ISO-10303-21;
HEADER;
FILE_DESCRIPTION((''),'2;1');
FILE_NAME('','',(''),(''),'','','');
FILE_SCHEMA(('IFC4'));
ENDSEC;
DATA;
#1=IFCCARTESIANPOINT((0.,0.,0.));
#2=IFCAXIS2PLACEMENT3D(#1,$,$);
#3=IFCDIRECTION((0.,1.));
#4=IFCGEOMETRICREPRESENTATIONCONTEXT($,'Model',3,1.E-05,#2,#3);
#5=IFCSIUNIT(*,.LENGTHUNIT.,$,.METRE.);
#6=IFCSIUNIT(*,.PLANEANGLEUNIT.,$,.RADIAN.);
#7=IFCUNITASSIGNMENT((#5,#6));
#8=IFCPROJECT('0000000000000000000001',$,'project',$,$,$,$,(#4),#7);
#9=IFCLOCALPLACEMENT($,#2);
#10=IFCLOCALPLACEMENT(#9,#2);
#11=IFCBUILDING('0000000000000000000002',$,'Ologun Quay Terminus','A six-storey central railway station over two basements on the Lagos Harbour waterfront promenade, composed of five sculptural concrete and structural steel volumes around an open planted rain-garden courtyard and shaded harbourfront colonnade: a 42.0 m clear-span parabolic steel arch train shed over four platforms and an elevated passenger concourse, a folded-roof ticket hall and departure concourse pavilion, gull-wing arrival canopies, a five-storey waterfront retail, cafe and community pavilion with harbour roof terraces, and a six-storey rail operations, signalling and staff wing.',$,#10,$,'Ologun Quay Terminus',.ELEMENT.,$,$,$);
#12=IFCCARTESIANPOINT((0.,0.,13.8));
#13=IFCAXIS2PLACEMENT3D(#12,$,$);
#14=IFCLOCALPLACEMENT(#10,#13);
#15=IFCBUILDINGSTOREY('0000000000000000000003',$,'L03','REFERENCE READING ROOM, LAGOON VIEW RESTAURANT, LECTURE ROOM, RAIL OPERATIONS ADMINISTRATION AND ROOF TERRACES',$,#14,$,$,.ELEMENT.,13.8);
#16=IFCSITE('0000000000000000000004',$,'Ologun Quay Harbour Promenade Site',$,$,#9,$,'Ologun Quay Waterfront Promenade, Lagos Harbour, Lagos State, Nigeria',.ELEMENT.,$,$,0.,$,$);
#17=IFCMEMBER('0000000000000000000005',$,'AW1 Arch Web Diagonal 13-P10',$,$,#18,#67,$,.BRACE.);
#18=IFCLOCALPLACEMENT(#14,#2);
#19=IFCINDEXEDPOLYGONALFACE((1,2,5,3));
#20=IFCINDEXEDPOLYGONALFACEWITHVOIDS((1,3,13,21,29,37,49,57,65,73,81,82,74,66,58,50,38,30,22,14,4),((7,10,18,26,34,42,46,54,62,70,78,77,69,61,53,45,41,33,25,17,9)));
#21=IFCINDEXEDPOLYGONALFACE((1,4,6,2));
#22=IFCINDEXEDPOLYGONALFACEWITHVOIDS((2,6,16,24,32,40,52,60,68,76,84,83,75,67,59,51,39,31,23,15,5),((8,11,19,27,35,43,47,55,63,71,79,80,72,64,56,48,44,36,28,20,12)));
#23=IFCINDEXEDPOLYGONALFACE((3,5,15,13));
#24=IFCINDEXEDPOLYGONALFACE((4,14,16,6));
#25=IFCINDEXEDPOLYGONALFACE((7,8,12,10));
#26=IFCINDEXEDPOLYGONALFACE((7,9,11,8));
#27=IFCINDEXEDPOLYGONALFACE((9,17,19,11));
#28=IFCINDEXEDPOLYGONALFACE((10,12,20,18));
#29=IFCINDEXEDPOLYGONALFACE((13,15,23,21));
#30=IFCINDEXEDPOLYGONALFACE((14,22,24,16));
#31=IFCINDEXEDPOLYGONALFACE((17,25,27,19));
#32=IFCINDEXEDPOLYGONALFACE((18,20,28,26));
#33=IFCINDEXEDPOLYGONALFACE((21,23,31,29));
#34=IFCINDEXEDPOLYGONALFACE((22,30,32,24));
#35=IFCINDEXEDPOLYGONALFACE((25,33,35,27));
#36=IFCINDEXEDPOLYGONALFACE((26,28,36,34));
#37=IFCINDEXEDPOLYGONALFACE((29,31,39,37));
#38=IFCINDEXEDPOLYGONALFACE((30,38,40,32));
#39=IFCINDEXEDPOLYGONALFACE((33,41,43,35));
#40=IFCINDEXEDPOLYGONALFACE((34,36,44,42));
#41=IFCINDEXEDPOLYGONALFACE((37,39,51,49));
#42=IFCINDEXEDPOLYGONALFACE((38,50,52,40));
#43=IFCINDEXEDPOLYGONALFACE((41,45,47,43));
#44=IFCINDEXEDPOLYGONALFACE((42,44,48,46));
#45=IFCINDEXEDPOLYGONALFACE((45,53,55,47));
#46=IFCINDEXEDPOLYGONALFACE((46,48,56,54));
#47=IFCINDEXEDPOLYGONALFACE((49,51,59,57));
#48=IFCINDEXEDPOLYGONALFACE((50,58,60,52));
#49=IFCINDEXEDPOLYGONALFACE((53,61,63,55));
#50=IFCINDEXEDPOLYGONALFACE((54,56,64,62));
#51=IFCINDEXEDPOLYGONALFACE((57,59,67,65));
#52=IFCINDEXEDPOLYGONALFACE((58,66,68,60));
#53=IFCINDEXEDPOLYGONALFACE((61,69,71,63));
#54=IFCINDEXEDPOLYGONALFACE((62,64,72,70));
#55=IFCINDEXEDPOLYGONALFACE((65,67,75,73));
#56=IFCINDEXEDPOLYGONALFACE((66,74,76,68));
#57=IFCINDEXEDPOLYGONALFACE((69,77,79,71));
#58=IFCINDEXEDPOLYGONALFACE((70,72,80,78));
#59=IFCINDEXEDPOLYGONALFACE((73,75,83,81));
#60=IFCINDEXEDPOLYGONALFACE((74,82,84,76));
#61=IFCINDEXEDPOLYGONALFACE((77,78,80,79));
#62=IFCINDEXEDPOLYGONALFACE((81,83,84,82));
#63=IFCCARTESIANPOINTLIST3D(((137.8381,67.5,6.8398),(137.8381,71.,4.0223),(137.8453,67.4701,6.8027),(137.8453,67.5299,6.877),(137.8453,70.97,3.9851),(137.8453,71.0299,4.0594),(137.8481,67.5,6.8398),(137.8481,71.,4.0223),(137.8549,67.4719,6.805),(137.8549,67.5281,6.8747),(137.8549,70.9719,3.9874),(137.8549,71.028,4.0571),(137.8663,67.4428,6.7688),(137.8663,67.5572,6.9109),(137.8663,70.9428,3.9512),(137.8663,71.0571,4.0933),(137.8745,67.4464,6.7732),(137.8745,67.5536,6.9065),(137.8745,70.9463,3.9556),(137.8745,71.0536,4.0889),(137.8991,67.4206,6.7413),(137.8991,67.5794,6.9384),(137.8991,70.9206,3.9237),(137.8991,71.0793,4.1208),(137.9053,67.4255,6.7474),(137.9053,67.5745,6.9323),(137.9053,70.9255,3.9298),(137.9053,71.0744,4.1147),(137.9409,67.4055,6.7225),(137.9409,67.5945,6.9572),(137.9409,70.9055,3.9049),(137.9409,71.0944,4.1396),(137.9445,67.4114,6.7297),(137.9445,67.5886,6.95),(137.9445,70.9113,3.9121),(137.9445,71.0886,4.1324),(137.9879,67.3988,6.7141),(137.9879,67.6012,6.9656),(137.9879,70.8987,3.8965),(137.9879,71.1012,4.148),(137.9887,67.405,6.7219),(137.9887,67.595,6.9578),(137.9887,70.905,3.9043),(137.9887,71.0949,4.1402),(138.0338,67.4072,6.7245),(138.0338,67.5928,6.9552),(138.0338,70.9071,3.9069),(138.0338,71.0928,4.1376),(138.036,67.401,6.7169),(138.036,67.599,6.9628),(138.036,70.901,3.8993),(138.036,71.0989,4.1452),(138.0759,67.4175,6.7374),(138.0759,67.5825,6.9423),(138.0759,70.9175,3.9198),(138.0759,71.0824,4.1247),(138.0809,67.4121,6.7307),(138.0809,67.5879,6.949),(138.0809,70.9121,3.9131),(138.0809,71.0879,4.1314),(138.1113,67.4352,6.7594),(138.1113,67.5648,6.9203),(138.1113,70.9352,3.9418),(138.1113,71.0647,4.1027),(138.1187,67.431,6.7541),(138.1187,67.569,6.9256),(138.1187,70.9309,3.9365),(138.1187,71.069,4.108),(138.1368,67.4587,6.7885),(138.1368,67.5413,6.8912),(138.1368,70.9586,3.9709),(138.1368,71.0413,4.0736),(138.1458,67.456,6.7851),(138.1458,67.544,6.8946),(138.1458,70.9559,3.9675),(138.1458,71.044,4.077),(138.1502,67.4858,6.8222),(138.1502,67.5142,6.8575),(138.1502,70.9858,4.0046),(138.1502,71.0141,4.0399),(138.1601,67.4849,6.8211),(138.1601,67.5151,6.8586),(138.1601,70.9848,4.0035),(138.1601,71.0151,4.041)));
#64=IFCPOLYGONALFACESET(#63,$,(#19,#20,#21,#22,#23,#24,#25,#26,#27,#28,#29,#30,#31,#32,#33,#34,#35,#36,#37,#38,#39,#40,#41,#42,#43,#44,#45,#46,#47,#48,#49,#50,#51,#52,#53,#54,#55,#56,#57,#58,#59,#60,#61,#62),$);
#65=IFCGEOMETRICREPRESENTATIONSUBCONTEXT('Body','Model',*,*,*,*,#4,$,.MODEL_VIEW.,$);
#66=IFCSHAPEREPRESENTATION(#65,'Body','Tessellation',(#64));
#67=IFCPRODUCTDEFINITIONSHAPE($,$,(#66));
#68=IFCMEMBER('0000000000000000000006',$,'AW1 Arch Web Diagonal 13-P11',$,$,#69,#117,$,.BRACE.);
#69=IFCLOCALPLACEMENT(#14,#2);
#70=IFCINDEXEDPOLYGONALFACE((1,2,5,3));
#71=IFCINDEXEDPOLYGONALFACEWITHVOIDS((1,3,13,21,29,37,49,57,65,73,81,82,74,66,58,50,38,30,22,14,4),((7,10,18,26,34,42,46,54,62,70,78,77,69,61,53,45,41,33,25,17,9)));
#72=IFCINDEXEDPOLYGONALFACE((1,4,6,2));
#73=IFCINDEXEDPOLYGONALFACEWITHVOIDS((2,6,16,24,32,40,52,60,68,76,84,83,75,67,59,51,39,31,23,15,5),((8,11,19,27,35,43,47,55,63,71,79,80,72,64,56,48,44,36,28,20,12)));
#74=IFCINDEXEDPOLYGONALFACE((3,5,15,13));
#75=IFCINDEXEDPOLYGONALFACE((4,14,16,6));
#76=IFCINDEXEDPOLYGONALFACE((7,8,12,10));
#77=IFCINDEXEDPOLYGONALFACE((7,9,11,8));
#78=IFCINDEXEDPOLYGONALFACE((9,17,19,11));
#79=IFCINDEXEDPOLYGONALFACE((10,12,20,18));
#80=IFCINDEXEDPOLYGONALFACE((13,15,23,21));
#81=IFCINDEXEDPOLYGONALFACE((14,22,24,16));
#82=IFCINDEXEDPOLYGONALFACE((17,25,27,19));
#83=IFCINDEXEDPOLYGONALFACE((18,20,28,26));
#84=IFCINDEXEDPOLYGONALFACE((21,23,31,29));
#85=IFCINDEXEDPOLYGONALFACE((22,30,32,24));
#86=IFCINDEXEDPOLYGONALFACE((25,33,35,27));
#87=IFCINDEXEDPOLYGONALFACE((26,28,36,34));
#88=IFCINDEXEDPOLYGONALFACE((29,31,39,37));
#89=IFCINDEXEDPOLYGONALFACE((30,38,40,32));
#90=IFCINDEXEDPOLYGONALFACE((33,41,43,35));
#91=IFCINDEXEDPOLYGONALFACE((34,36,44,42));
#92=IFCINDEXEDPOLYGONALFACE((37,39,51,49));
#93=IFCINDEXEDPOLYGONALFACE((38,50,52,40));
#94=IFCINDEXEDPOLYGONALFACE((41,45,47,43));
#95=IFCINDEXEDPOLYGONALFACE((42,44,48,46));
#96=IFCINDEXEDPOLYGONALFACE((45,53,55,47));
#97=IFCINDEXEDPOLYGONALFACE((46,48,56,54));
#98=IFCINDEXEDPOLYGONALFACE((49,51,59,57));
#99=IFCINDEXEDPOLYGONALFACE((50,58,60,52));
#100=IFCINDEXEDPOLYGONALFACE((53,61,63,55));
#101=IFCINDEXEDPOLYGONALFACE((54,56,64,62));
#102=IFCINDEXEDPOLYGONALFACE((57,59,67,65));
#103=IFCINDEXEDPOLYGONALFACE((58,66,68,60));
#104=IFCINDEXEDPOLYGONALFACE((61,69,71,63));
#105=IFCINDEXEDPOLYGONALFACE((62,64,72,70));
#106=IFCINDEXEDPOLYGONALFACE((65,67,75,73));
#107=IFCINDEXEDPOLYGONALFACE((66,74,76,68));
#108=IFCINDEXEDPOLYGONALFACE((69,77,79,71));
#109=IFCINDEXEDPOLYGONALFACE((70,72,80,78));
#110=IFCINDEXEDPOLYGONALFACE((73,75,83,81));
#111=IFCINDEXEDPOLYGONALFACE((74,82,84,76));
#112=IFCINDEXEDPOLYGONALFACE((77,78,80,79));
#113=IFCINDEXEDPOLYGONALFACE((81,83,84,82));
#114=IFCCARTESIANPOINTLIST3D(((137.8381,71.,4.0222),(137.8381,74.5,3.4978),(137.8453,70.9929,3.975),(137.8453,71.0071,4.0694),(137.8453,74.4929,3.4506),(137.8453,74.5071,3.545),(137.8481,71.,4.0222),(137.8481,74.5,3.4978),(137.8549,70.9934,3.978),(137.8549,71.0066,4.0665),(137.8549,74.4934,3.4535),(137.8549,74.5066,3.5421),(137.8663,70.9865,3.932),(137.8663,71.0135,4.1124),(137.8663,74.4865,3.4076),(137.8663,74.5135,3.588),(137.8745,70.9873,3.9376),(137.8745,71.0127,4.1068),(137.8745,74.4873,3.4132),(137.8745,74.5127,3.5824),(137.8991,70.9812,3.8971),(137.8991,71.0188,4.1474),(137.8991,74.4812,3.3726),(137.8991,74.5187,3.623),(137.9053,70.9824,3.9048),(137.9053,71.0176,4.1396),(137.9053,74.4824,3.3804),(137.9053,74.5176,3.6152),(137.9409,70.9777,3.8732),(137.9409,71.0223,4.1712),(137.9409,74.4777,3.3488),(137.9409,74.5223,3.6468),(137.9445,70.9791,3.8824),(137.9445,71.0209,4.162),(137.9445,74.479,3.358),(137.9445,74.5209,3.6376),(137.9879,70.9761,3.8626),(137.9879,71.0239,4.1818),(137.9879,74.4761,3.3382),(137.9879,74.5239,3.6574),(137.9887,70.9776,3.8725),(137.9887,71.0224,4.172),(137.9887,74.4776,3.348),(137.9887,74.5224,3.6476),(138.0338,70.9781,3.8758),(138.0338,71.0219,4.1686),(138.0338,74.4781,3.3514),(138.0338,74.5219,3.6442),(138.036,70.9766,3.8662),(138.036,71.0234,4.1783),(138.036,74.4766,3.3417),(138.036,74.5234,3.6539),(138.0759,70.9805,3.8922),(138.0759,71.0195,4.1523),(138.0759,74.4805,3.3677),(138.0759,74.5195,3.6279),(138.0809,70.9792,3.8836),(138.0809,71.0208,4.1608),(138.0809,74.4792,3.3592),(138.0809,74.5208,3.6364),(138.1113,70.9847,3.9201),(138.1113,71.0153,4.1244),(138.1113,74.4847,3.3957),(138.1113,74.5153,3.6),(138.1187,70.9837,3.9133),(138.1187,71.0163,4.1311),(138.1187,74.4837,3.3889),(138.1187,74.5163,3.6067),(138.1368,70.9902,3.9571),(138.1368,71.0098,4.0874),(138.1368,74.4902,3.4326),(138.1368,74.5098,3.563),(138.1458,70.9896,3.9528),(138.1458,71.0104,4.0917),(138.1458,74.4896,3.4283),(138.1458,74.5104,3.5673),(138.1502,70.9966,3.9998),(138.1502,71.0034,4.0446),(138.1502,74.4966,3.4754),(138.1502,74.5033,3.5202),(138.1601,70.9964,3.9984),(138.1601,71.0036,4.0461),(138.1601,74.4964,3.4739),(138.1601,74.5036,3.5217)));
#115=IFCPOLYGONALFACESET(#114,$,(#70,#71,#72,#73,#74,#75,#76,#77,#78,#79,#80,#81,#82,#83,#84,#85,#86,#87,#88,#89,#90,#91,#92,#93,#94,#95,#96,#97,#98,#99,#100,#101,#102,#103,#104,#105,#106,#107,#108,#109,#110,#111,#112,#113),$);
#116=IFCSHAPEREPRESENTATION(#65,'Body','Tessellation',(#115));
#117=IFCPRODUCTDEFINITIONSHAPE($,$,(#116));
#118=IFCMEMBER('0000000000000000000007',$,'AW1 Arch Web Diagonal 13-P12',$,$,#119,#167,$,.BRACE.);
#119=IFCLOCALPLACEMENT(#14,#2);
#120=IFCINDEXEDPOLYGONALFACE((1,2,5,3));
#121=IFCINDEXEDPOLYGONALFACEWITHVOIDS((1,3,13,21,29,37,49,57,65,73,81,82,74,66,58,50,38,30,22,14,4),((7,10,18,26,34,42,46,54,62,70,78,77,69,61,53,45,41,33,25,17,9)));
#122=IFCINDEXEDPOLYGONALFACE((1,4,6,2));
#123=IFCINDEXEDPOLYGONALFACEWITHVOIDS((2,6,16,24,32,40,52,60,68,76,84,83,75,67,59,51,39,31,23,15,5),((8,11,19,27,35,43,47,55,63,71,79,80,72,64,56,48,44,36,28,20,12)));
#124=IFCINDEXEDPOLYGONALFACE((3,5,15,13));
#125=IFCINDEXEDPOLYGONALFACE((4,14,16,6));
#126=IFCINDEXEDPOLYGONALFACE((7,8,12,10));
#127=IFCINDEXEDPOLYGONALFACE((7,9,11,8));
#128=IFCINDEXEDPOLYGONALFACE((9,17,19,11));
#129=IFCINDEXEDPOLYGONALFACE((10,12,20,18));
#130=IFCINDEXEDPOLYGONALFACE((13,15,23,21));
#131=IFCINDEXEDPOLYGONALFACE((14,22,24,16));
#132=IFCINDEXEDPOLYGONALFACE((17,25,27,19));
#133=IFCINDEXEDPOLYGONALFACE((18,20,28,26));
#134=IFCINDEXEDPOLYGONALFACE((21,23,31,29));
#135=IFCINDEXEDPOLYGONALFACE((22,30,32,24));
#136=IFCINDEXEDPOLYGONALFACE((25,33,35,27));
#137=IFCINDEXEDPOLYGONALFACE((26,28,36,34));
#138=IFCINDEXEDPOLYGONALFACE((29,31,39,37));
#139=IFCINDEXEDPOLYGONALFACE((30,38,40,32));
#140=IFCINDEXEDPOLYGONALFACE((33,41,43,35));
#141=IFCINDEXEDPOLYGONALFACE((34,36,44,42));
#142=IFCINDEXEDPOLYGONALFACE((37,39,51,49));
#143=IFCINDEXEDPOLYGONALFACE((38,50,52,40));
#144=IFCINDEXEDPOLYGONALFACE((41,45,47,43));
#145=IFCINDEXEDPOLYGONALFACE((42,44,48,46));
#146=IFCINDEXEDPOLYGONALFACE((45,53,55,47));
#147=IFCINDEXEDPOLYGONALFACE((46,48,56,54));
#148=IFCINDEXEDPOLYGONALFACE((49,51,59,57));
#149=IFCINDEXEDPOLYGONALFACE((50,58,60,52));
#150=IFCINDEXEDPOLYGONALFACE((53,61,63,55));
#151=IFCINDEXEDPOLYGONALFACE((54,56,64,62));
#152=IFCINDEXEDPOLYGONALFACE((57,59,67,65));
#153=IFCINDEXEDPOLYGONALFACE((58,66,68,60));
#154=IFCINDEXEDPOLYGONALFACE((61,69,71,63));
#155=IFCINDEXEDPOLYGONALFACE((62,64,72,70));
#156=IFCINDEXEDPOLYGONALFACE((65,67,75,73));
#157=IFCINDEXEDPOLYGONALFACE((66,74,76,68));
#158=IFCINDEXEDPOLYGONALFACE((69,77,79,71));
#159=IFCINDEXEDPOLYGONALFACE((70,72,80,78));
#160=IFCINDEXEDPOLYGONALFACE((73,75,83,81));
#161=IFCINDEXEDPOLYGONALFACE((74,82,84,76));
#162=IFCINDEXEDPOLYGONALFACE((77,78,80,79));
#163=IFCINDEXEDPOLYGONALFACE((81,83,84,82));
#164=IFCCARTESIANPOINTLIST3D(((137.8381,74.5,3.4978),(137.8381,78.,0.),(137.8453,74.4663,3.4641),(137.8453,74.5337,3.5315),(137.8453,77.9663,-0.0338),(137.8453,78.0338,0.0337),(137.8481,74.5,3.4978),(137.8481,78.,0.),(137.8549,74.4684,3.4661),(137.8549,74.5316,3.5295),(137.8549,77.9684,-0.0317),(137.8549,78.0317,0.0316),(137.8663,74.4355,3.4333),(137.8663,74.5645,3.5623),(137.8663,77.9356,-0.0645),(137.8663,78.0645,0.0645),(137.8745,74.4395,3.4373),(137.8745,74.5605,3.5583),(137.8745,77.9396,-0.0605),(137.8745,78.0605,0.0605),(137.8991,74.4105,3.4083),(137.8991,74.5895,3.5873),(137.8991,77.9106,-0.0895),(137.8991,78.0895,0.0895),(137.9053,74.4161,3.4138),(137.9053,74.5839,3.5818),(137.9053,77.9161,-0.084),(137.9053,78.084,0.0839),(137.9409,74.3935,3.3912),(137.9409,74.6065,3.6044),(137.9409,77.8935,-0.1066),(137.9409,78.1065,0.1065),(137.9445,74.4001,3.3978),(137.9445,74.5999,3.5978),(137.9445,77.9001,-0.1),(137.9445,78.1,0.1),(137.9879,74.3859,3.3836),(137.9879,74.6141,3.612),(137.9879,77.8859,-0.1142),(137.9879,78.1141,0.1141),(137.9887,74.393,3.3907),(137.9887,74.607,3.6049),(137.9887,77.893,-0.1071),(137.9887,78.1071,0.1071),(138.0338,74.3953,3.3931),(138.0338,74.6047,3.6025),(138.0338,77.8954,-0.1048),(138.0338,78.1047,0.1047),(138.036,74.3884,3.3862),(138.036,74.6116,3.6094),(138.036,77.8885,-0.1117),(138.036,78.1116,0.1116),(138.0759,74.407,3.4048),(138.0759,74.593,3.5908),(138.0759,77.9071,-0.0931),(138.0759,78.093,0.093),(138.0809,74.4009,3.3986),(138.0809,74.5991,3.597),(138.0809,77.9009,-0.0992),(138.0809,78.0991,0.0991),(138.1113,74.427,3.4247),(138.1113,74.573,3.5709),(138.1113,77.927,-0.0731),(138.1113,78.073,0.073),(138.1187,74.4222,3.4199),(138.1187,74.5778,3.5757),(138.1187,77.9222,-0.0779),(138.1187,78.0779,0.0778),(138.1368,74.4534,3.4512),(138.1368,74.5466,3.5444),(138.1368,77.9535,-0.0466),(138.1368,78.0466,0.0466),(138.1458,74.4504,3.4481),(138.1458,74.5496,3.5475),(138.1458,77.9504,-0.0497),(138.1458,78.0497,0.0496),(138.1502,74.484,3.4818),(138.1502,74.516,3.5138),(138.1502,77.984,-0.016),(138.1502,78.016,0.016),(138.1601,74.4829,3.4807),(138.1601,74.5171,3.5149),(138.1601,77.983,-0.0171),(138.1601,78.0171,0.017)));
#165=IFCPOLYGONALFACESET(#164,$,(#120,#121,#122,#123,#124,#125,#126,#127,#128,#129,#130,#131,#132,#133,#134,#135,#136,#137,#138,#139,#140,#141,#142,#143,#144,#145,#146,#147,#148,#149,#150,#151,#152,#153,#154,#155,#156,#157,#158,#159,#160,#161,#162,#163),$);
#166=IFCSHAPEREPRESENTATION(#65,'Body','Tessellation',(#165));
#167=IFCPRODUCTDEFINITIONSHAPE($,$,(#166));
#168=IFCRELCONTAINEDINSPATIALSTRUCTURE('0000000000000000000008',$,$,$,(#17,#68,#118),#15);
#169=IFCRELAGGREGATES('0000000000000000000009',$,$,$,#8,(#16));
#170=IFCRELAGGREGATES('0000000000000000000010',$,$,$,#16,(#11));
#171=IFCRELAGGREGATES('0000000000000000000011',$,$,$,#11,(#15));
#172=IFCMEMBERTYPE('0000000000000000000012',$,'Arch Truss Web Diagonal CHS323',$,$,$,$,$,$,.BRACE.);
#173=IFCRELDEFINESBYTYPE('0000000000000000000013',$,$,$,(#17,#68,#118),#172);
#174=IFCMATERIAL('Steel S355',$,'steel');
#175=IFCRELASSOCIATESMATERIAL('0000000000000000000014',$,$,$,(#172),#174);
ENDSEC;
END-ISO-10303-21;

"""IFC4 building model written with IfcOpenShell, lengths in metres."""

from ifc_helpers import new_model, si_unit, direction, frame, origin, origin_2d, place, context, subcontext, project, spatial, hollow_circle, extrude, material, material_profile, profile_set, type_object, element, save


model = new_model("IFC4")

# Units and contexts
model_context = context("Model", 3, precision=1e-05, world=origin(), true_north=direction((0.0, 1.0)))
body_context = subcontext(model_context, "Body", "Model", "MODEL_VIEW")
ifc_project = project(units=[si_unit("LENGTHUNIT", "METRE"), si_unit("PLANEANGLEUNIT", "RADIAN")], contexts=[model_context])

# Site, building, storey
site_placement = place(None, origin())
site = spatial("IfcSite", under=ifc_project, at=site_placement, Name="Ologun Quay Harbour Promenade Site", LongName="Ologun Quay Waterfront Promenade, Lagos Harbour, Lagos State, Nigeria", CompositionType="ELEMENT", RefElevation=0.0)
building_placement = place(site_placement, origin())
building = spatial("IfcBuilding", under=site, at=building_placement, Name="Ologun Quay Terminus", Description="A six-storey central railway station over two basements on the Lagos Harbour waterfront promenade, composed of five sculptural concrete and structural steel volumes around an open planted rain-garden courtyard and shaded harbourfront colonnade: a 42.0 m clear-span parabolic steel arch train shed over four platforms and an elevated passenger concourse, a folded-roof ticket hall and departure concourse pavilion, gull-wing arrival canopies, a five-storey waterfront retail, cafe and community pavilion with harbour roof terraces, and a six-storey rail operations, signalling and staff wing.", LongName="Ologun Quay Terminus", CompositionType="ELEMENT")
storey_placement = place(building_placement, frame((0.0, 0.0, 13.8)))
storey = spatial("IfcBuildingStorey", under=building, at=storey_placement, Name="L03", Description="REFERENCE READING ROOM, LAGOON VIEW RESTAURANT, LECTURE ROOM, RAIL OPERATIONS ADMINISTRATION AND ROOF TERRACES", CompositionType="ELEMENT", Elevation=13.8)

# Members
ifc_material_1 = material(Name="Steel S355", Category="steel")
ifc_material_profile_1 = material_profile(ifc_material_1, hollow_circle(Radius=0.1619, WallThickness=0.01, at=origin_2d()), Name="CHS 323.9x10")
ifc_profile_set_1 = profile_set([ifc_material_profile_1], Name="Steel S355")
member_type_1 = type_object("IfcMemberType", Name="Arch Truss Web Diagonal CHS323", PredefinedType="BRACE", material=ifc_profile_set_1)
member_1_placement = place(storey_placement, frame((138.0, 67.5, 6.8398), z_axis=(0.0, 0.778951, -0.627084), x_axis=(-1.0, 0.0, 0.0)))
element("IfcMember", 1, at=member_1_placement, inside=storey, type_object=member_type_1, Name="AW1 Arch Web Diagonal 13-P10", PredefinedType="BRACE", context=body_context, shape_type="SweptSolid", body=[
    extrude(hollow_circle(Radius=0.1619, WallThickness=0.01, at=origin_2d()), origin(), (0.0, 0.0, 1.0), 4.4932),
])
member_2_placement = place(storey_placement, frame((138.0, 71.0, 4.0222), z_axis=(0.0, 0.988961, -0.148179), x_axis=(-1.0, 0.0, 0.0)))
element("IfcMember", 2, at=member_2_placement, inside=storey, type_object=member_type_1, Name="AW1 Arch Web Diagonal 13-P11", PredefinedType="BRACE", context=body_context, shape_type="SweptSolid", body=[
    extrude(hollow_circle(Radius=0.1619, WallThickness=0.01, at=origin_2d()), origin(), (0.0, 0.0, 1.0), 3.5391),
])
member_3_placement = place(storey_placement, frame((138.0, 74.5, 3.4978), z_axis=(0.0, 0.707329, -0.706885), x_axis=(-1.0, 0.0, 0.0)))
element("IfcMember", 3, at=member_3_placement, inside=storey, type_object=member_type_1, Name="AW1 Arch Web Diagonal 13-P12", PredefinedType="BRACE", context=body_context, shape_type="SweptSolid", body=[
    extrude(hollow_circle(Radius=0.1619, WallThickness=0.01, at=origin_2d()), origin(), (0.0, 0.0, 1.0), 4.9482),
])

save(model, "model.ifc")
